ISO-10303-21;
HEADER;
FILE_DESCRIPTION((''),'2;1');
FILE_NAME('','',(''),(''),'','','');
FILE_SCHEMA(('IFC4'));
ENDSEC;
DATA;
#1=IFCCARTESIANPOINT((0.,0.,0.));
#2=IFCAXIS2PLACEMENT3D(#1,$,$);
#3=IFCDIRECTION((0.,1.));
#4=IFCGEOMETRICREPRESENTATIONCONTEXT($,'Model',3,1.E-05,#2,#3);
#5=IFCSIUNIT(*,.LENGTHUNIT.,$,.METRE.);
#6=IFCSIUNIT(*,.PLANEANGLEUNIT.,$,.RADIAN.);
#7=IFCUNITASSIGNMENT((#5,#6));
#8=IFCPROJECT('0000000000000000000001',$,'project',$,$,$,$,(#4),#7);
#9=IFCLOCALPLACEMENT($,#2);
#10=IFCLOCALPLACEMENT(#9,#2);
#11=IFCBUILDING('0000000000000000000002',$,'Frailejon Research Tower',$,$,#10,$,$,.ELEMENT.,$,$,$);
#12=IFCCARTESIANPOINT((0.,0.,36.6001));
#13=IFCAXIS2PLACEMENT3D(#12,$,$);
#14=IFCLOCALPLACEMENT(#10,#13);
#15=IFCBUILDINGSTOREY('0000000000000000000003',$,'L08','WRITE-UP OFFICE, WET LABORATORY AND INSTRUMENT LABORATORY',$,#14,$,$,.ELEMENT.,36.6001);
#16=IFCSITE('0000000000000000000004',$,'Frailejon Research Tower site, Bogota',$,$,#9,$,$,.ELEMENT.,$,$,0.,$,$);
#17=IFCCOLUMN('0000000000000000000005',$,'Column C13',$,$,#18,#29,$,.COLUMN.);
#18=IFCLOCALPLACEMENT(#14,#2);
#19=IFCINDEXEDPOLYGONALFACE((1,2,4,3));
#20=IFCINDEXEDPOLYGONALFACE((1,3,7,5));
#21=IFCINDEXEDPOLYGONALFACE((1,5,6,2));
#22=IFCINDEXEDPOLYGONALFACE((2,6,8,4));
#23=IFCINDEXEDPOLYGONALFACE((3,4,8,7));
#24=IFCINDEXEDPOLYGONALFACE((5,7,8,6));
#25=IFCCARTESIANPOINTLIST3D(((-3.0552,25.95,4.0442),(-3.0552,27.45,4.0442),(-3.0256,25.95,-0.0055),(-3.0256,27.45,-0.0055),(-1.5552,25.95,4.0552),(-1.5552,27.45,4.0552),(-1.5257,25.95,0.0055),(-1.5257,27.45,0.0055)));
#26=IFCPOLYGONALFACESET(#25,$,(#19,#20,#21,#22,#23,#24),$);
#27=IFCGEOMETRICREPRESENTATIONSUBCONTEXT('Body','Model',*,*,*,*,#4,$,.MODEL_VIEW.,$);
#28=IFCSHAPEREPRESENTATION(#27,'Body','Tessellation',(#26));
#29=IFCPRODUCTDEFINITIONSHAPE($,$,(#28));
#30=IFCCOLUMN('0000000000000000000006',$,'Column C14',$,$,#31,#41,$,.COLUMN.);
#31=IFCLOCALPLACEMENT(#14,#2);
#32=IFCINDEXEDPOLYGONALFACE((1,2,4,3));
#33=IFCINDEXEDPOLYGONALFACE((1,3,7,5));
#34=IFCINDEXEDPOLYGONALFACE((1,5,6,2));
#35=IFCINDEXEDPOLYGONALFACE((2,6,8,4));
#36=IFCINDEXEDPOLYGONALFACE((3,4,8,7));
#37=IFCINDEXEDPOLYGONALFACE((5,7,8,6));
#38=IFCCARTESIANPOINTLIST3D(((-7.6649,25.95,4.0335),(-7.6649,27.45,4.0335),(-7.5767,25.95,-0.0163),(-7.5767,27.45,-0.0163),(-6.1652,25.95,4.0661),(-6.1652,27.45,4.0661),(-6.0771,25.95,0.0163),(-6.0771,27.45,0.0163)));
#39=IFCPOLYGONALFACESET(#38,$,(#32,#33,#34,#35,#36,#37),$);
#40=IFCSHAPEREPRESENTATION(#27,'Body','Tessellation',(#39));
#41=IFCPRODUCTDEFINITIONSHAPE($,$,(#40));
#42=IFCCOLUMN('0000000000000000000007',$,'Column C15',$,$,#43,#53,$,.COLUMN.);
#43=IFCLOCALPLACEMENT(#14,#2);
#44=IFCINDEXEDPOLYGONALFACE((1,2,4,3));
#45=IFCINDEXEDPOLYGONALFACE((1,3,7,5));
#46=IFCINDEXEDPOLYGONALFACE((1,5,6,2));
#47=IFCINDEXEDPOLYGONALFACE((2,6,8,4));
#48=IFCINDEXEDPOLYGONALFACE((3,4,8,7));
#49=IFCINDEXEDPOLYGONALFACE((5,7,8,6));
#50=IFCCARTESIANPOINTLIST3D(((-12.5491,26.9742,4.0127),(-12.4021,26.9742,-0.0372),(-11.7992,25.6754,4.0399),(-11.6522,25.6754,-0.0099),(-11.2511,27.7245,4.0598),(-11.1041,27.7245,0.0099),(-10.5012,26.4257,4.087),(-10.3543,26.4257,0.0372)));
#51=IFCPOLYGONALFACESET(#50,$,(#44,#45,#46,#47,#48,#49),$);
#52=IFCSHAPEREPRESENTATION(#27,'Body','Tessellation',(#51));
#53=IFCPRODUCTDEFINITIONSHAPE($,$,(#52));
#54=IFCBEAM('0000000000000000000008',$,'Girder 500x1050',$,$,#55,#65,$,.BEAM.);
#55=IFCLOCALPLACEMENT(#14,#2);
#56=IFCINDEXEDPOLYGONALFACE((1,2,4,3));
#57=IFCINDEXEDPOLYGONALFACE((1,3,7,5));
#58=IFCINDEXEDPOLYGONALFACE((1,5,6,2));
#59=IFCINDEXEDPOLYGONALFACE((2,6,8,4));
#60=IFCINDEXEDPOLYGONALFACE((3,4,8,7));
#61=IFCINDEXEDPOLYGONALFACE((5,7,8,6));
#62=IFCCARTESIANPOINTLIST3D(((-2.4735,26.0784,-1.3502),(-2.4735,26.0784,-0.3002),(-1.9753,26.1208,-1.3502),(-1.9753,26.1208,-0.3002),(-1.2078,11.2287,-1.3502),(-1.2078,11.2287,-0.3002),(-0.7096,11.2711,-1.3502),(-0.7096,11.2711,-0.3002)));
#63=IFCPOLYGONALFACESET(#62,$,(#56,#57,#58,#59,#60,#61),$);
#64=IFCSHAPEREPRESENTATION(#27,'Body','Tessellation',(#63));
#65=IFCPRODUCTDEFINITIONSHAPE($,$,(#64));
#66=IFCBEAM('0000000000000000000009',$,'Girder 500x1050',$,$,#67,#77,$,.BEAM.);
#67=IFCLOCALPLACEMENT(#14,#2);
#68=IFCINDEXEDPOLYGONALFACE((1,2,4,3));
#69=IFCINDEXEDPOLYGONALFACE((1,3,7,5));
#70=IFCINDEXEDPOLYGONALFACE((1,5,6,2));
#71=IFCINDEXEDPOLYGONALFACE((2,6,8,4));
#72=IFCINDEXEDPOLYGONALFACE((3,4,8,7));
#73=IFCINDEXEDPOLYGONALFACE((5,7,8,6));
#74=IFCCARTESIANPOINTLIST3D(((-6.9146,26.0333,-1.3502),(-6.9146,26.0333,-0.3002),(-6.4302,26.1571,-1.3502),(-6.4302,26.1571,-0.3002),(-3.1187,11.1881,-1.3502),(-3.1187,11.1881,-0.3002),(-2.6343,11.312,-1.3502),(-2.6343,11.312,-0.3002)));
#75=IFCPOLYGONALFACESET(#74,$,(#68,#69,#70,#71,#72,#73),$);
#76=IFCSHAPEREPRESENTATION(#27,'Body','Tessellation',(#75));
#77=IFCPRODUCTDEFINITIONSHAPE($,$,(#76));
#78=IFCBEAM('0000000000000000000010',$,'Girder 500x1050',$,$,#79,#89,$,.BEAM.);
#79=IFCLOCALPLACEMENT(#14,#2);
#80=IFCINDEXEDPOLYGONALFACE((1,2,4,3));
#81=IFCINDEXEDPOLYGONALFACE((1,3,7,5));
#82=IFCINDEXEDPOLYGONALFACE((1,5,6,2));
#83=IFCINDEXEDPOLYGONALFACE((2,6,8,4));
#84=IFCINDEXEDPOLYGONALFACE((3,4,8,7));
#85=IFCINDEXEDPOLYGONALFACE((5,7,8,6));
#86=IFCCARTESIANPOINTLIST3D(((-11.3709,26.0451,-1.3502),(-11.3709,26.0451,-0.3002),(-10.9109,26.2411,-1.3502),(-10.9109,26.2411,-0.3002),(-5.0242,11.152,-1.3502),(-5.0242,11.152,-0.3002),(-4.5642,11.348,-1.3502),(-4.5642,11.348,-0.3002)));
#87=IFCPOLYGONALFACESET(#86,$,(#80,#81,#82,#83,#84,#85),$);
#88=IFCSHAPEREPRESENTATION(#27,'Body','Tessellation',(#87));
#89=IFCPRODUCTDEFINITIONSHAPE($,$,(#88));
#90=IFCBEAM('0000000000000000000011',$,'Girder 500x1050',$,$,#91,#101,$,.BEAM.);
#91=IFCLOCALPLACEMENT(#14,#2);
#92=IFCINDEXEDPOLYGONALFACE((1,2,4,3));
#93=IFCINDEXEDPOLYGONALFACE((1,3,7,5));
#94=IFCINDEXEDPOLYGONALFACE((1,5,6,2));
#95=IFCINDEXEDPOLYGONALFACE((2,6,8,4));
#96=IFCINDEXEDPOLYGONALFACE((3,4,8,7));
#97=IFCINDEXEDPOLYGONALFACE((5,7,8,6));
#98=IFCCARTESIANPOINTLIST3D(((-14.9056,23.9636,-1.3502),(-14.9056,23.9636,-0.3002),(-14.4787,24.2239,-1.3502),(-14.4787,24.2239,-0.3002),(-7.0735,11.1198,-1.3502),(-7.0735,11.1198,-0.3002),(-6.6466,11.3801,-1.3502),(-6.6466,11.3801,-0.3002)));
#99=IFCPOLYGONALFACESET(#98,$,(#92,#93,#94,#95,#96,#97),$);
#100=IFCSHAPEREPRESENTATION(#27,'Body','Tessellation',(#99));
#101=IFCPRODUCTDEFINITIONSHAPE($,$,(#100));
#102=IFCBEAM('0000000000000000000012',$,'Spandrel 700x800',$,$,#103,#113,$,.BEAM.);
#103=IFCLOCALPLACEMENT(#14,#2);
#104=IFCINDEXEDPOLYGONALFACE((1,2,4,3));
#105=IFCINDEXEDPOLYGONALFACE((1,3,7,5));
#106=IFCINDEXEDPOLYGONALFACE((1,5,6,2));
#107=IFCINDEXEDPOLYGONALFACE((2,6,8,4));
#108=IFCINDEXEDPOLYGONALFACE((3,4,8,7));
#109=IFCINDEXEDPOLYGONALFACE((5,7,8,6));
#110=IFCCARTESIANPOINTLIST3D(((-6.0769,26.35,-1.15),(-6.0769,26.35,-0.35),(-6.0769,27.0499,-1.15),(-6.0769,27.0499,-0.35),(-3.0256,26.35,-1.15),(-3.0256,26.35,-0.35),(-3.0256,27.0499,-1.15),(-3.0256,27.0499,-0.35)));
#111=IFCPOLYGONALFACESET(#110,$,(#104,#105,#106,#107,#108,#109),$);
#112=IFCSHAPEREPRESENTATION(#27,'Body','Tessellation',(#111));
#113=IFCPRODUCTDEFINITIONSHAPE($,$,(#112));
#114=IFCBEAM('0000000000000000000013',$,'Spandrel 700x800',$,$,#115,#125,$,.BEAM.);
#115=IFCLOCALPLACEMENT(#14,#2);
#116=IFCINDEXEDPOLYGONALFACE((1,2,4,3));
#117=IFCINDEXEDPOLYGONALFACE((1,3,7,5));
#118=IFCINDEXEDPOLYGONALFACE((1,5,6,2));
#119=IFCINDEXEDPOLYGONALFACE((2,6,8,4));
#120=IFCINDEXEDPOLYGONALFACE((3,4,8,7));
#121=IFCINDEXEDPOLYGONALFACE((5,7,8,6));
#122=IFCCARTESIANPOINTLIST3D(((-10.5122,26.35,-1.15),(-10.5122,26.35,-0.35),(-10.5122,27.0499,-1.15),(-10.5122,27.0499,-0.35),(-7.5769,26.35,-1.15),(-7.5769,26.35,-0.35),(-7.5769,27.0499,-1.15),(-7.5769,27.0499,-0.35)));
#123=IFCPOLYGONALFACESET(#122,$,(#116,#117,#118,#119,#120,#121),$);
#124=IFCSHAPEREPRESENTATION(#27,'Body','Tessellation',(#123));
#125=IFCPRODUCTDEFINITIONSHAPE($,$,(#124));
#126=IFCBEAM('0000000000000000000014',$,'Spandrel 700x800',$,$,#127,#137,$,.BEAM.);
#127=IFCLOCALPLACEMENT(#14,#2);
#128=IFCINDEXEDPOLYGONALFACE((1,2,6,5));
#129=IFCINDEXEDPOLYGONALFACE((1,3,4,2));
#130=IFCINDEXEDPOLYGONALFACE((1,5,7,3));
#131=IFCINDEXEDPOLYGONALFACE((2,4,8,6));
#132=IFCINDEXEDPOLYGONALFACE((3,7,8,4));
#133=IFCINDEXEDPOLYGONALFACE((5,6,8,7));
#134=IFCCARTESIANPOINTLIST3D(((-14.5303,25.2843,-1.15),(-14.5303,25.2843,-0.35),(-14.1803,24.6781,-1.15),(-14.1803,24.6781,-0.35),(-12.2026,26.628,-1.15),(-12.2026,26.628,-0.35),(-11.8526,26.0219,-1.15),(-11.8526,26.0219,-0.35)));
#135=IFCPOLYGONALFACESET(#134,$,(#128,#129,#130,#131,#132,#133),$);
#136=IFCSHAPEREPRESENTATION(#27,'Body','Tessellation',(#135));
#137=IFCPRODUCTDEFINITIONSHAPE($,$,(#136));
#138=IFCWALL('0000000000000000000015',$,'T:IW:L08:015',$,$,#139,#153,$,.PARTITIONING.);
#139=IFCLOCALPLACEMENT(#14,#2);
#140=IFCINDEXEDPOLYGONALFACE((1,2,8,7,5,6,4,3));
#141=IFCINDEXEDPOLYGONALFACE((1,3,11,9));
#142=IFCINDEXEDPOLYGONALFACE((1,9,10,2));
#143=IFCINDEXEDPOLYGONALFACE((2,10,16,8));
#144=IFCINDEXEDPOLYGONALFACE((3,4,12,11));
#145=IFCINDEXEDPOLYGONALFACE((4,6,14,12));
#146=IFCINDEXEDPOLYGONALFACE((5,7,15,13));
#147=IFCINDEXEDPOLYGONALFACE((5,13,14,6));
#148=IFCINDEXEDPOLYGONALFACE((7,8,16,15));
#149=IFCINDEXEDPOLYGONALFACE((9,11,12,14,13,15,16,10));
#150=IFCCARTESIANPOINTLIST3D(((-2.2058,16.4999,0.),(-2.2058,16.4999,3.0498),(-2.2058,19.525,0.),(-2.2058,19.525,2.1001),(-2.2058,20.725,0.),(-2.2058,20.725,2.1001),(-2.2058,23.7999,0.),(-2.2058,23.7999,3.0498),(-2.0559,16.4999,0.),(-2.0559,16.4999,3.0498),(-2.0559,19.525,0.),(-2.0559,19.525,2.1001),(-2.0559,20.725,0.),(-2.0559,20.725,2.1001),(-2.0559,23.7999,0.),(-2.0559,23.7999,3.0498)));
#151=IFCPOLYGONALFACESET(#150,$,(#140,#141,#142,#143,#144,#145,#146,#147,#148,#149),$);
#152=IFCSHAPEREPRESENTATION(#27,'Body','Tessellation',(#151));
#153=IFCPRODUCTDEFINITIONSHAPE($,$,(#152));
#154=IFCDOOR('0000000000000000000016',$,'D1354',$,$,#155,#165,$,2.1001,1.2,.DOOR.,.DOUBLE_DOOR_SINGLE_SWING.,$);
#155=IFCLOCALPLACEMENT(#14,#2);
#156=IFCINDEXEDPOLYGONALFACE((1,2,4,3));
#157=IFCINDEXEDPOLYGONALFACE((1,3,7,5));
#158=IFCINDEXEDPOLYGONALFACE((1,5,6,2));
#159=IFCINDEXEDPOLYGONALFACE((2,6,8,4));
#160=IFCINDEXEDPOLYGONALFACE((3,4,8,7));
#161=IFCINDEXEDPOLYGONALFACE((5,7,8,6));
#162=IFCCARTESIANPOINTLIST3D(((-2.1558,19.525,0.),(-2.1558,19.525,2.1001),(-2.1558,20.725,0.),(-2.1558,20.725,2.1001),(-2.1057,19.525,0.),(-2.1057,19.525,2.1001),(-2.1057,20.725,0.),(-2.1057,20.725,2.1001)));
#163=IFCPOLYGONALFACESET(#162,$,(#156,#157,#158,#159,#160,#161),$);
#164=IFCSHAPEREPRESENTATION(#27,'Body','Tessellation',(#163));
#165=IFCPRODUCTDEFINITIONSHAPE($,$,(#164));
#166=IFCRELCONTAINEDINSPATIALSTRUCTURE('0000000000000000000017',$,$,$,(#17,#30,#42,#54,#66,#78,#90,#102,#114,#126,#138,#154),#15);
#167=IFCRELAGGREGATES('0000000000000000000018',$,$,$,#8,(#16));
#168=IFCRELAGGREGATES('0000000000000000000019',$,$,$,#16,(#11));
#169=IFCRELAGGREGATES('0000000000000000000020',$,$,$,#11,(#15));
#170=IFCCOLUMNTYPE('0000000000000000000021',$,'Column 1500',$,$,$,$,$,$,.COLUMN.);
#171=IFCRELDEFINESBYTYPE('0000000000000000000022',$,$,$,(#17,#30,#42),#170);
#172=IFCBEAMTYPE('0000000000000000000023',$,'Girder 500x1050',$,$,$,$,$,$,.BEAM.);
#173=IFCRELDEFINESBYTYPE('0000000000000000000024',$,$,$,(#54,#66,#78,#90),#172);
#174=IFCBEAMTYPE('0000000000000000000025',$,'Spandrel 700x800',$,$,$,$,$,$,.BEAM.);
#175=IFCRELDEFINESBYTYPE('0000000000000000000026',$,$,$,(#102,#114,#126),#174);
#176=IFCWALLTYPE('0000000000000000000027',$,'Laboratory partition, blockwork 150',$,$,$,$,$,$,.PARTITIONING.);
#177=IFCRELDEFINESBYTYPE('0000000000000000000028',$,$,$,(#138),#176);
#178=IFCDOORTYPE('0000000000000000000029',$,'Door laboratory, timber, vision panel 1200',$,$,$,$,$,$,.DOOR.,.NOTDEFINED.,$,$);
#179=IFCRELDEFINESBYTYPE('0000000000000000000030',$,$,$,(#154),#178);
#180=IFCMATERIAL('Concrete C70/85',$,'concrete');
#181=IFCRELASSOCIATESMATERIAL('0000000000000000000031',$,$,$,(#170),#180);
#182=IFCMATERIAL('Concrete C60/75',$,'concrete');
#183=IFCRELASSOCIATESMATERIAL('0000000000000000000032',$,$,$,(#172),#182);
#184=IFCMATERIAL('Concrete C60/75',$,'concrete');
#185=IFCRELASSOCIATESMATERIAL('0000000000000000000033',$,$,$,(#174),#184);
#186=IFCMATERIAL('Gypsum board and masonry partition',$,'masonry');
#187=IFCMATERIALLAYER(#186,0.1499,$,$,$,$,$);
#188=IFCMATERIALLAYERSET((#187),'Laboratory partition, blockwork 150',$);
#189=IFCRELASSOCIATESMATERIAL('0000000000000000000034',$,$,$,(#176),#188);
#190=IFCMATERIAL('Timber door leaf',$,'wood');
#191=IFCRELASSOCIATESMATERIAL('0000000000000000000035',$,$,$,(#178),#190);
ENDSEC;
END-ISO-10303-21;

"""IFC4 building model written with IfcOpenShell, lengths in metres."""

from ifc_helpers import new_model, si_unit, direction, frame, frame_2d, origin, origin_2d, place, context, subcontext, project, spatial, rectangle, extrude, material, layer, layer_set, material_profile, profile_set, type_object, element, fill, save


model = new_model("IFC4")

# Units and contexts
model_context = context("Model", 3, precision=1e-05, world=origin(), true_north=direction((0.0, 1.0)))
body_context = subcontext(model_context, "Body", "Model", "MODEL_VIEW")
ifc_project = project(units=[si_unit("LENGTHUNIT", "METRE"), si_unit("PLANEANGLEUNIT", "RADIAN")], contexts=[model_context])

# Site, building, storey
site_placement = place(None, origin())
site = spatial("IfcSite", under=ifc_project, at=site_placement, Name="Frailejon Research Tower site, Bogota", CompositionType="ELEMENT", RefElevation=0.0)
building_placement = place(site_placement, origin())
building = spatial("IfcBuilding", under=site, at=building_placement, Name="Frailejon Research Tower", CompositionType="ELEMENT")
storey_placement = place(building_placement, frame((0.0, 0.0, 36.6001)))
storey = spatial("IfcBuildingStorey", under=building, at=storey_placement, Name="L08", Description="WRITE-UP OFFICE, WET LABORATORY AND INSTRUMENT LABORATORY", CompositionType="ELEMENT", Elevation=36.6001)

# Columns
ifc_material_1 = material(Name="Concrete C70/85", Category="concrete")
ifc_material_profile_1 = material_profile(ifc_material_1, rectangle(XDim=1.5, YDim=1.5, at=origin_2d()), Name="Column 1500")
ifc_profile_set_1 = profile_set([ifc_material_profile_1], Name="Concrete C70/85")
column_type = type_object("IfcColumnType", Name="Column 1500", PredefinedType="COLUMN", material=ifc_profile_set_1)
column_1_placement = place(storey_placement, frame((-2.2756, 26.7, 0.0), z_axis=(-0.007294, 0.0, 0.999973), x_axis=(-0.999973, 0.0, -0.007294)))
element("IfcColumn", 1, at=column_1_placement, inside=storey, type_object=column_type, Name="Column C13", PredefinedType="COLUMN", context=body_context, shape_type="SweptSolid", body=[
    extrude(rectangle(XDim=1.5, YDim=1.5, at=origin_2d()), origin(), (0.0, 0.0, 1.0), 4.0498),
])
column_2_placement = place(storey_placement, frame((-6.8269, 26.7, 0.0), z_axis=(-0.021758, 0.0, 0.999763), x_axis=(-0.999763, 0.0, -0.021758)))
element("IfcColumn", 2, at=column_2_placement, inside=storey, type_object=column_type, Name="Column C14", PredefinedType="COLUMN", context=body_context, shape_type="SweptSolid", body=[
    extrude(rectangle(XDim=1.5, YDim=1.5, at=origin_2d()), origin(), (0.0, 0.0, 1.0), 4.0508),
])
column_3_placement = place(storey_placement, frame((-11.3782, 26.7, 0.0), z_axis=(-0.036267, 0.0, 0.999342), x_axis=(-0.865313, -0.500246, -0.031403)))
element("IfcColumn", 3, at=column_3_placement, inside=storey, type_object=column_type, Name="Column C15", PredefinedType="COLUMN", context=body_context, shape_type="SweptSolid", body=[
    extrude(rectangle(XDim=1.5, YDim=1.5, at=origin_2d()), origin(), (0.0, 0.0, 1.0), 4.0525),
])

# Beams
ifc_material_2 = material(Name="Concrete C60/75", Category="concrete")
ifc_material_profile_2 = material_profile(ifc_material_2, rectangle(XDim=0.5, YDim=1.05, at=origin_2d()), Name="Girder 500x1050")
ifc_profile_set_2 = profile_set([ifc_material_profile_2], Name="Concrete C60/75")
beam_type_1 = type_object("IfcBeamType", Name="Girder 500x1050", PredefinedType="BEAM", material=ifc_profile_set_2)
beam_1_placement = place(storey_placement, frame((-2.2244, 26.0996, -0.8252), z_axis=(0.084922, -0.996388, 0.0), x_axis=(0.996388, 0.084922, 0.0)))
element("IfcBeam", 4, at=beam_1_placement, inside=storey, type_object=beam_type_1, Name="Girder 500x1050", PredefinedType="BEAM", context=body_context, shape_type="SweptSolid", body=[
    extrude(rectangle(XDim=0.5, YDim=1.05, at=origin_2d()), origin(), (0.0, 0.0, 1.0), 14.9036),
])
beam_2_placement = place(storey_placement, frame((-6.6724, 26.0952, -0.8252), z_axis=(0.247728, -0.96883, 0.0), x_axis=(0.96883, 0.247728, 0.0)))
element("IfcBeam", 5, at=beam_2_placement, inside=storey, type_object=beam_type_1, Name="Girder 500x1050", PredefinedType="BEAM", context=body_context, shape_type="SweptSolid", body=[
    extrude(rectangle(XDim=0.5, YDim=1.05, at=origin_2d()), origin(), (0.0, 0.0, 1.0), 15.3228),
])
beam_3_placement = place(storey_placement, frame((-11.1409, 26.1431, -0.8252), z_axis=(0.392037, -0.91995, 0.0), x_axis=(0.91995, 0.392037, 0.0)))
element("IfcBeam", 6, at=beam_3_placement, inside=storey, type_object=beam_type_1, Name="Girder 500x1050", PredefinedType="BEAM", context=body_context, shape_type="SweptSolid", body=[
    extrude(rectangle(XDim=0.5, YDim=1.05, at=origin_2d()), origin(), (0.0, 0.0, 1.0), 16.189),
])
beam_4_placement = place(storey_placement, frame((-14.6921, 24.0938, -0.8252), z_axis=(0.520631, -0.853782, 0.0), x_axis=(0.853782, 0.520631, 0.0)))
element("IfcBeam", 7, at=beam_4_placement, inside=storey, type_object=beam_type_1, Name="Girder 500x1050", PredefinedType="BEAM", context=body_context, shape_type="SweptSolid", body=[
    extrude(rectangle(XDim=0.5, YDim=1.05, at=origin_2d()), origin(), (0.0, 0.0, 1.0), 15.0435),
])
ifc_material_3 = material(Name="Concrete C60/75", Category="concrete")
ifc_material_profile_3 = material_profile(ifc_material_3, rectangle(XDim=0.7, YDim=0.8, at=origin_2d()), Name="Spandrel 700x800")
ifc_profile_set_3 = profile_set([ifc_material_profile_3], Name="Concrete C60/75")
beam_type_2 = type_object("IfcBeamType", Name="Spandrel 700x800", PredefinedType="BEAM", material=ifc_profile_set_3)
beam_5_placement = place(storey_placement, frame((-3.0256, 26.7, -0.75), z_axis=(-1.0, 0.0, 0.0), x_axis=(0.0, -1.0, 0.0)))
element("IfcBeam", 8, at=beam_5_placement, inside=storey, type_object=beam_type_2, Name="Spandrel 700x800", PredefinedType="BEAM", context=body_context, shape_type="SweptSolid", body=[
    extrude(rectangle(XDim=0.7, YDim=0.8, at=origin_2d()), origin(), (0.0, 0.0, 1.0), 3.0513),
])
beam_6_placement = place(storey_placement, frame((-7.5769, 26.7, -0.75), z_axis=(-1.0, 0.0, 0.0), x_axis=(0.0, -1.0, 0.0)))
element("IfcBeam", 9, at=beam_6_placement, inside=storey, type_object=beam_type_2, Name="Spandrel 700x800", PredefinedType="BEAM", context=body_context, shape_type="SweptSolid", body=[
    extrude(rectangle(XDim=0.7, YDim=0.8, at=origin_2d()), origin(), (0.0, 0.0, 1.0), 2.9353),
])
beam_7_placement = place(storey_placement, frame((-12.0276, 26.325, -0.75), z_axis=(-0.866043, -0.499969, 0.0), x_axis=(0.499969, -0.866043, 0.0)))
element("IfcBeam", 10, at=beam_7_placement, inside=storey, type_object=beam_type_2, Name="Spandrel 700x800", PredefinedType="BEAM", context=body_context, shape_type="SweptSolid", body=[
    extrude(rectangle(XDim=0.7, YDim=0.8, at=origin_2d()), origin(), (0.0, 0.0, 1.0), 2.6877),
])

# Wall, opening, door
ifc_material_4 = material(Name="Gypsum board and masonry partition", Category="masonry")
ifc_layer_1 = layer(ifc_material_4, 0.1499)
ifc_layer_set_1 = layer_set([ifc_layer_1], Name="Laboratory partition, blockwork 150")
wall_type_1 = type_object("IfcWallType", Name="Laboratory partition, blockwork 150", PredefinedType="PARTITIONING", material=ifc_layer_set_1)
wall_1_placement = place(storey_placement, frame((-2.1309, 16.5, 0.0), z_axis=(0.0, 0.0, 1.0), x_axis=(0.0, 1.0, 0.0)))
wall_1 = element("IfcWall", 11, at=wall_1_placement, inside=storey, type_object=wall_type_1, Name="T:IW:L08:015", PredefinedType="PARTITIONING", context=body_context, shape_type="SweptSolid", body=[
    extrude(rectangle(XDim=7.3, YDim=0.1499, at=frame_2d((3.6499, 0.0))), origin(), (0.0, 0.0, 1.0), 3.0498),
])
opening_1_placement = place(wall_1_placement, frame((3.0249, 0.0, 0.0)))
opening_1 = element("IfcOpeningElement", 12, at=opening_1_placement, cuts=wall_1, PredefinedType="OPENING", context=body_context, shape_type="SweptSolid", body=[
    extrude(rectangle(XDim=1.2, YDim=2.1001, at=frame_2d((0.6001, 1.05))), frame((0.0, 0.085, 0.0), z_axis=(0.0, -1.0, 0.0), x_axis=(1.0, 0.0, 0.0)), (0.0, 0.0, 1.0), 0.1699),
])
ifc_material_5 = material(Name="Timber door leaf", Category="wood")
door_type = type_object("IfcDoorType", Name="Door laboratory, timber, vision panel 1200", OperationType="NOTDEFINED", PredefinedType="DOOR", material=ifc_material_5)
door_placement = place(opening_1_placement, origin())
door = element("IfcDoor", 13, at=door_placement, inside=storey, type_object=door_type, Name="D1354", OperationType="DOUBLE_DOOR_SINGLE_SWING", OverallHeight=2.1001, OverallWidth=1.2, PredefinedType="DOOR", context=body_context, shape_type="SweptSolid", body=[
    extrude(rectangle(XDim=1.2, YDim=2.1001, at=frame_2d((0.6001, 1.05))), frame((0.0, 0.0249, 0.0), z_axis=(0.0, -1.0, 0.0), x_axis=(1.0, 0.0, 0.0)), (0.0, 0.0, 1.0), 0.05),
])
fill(opening_1, door)

save(model, "model.ifc")
